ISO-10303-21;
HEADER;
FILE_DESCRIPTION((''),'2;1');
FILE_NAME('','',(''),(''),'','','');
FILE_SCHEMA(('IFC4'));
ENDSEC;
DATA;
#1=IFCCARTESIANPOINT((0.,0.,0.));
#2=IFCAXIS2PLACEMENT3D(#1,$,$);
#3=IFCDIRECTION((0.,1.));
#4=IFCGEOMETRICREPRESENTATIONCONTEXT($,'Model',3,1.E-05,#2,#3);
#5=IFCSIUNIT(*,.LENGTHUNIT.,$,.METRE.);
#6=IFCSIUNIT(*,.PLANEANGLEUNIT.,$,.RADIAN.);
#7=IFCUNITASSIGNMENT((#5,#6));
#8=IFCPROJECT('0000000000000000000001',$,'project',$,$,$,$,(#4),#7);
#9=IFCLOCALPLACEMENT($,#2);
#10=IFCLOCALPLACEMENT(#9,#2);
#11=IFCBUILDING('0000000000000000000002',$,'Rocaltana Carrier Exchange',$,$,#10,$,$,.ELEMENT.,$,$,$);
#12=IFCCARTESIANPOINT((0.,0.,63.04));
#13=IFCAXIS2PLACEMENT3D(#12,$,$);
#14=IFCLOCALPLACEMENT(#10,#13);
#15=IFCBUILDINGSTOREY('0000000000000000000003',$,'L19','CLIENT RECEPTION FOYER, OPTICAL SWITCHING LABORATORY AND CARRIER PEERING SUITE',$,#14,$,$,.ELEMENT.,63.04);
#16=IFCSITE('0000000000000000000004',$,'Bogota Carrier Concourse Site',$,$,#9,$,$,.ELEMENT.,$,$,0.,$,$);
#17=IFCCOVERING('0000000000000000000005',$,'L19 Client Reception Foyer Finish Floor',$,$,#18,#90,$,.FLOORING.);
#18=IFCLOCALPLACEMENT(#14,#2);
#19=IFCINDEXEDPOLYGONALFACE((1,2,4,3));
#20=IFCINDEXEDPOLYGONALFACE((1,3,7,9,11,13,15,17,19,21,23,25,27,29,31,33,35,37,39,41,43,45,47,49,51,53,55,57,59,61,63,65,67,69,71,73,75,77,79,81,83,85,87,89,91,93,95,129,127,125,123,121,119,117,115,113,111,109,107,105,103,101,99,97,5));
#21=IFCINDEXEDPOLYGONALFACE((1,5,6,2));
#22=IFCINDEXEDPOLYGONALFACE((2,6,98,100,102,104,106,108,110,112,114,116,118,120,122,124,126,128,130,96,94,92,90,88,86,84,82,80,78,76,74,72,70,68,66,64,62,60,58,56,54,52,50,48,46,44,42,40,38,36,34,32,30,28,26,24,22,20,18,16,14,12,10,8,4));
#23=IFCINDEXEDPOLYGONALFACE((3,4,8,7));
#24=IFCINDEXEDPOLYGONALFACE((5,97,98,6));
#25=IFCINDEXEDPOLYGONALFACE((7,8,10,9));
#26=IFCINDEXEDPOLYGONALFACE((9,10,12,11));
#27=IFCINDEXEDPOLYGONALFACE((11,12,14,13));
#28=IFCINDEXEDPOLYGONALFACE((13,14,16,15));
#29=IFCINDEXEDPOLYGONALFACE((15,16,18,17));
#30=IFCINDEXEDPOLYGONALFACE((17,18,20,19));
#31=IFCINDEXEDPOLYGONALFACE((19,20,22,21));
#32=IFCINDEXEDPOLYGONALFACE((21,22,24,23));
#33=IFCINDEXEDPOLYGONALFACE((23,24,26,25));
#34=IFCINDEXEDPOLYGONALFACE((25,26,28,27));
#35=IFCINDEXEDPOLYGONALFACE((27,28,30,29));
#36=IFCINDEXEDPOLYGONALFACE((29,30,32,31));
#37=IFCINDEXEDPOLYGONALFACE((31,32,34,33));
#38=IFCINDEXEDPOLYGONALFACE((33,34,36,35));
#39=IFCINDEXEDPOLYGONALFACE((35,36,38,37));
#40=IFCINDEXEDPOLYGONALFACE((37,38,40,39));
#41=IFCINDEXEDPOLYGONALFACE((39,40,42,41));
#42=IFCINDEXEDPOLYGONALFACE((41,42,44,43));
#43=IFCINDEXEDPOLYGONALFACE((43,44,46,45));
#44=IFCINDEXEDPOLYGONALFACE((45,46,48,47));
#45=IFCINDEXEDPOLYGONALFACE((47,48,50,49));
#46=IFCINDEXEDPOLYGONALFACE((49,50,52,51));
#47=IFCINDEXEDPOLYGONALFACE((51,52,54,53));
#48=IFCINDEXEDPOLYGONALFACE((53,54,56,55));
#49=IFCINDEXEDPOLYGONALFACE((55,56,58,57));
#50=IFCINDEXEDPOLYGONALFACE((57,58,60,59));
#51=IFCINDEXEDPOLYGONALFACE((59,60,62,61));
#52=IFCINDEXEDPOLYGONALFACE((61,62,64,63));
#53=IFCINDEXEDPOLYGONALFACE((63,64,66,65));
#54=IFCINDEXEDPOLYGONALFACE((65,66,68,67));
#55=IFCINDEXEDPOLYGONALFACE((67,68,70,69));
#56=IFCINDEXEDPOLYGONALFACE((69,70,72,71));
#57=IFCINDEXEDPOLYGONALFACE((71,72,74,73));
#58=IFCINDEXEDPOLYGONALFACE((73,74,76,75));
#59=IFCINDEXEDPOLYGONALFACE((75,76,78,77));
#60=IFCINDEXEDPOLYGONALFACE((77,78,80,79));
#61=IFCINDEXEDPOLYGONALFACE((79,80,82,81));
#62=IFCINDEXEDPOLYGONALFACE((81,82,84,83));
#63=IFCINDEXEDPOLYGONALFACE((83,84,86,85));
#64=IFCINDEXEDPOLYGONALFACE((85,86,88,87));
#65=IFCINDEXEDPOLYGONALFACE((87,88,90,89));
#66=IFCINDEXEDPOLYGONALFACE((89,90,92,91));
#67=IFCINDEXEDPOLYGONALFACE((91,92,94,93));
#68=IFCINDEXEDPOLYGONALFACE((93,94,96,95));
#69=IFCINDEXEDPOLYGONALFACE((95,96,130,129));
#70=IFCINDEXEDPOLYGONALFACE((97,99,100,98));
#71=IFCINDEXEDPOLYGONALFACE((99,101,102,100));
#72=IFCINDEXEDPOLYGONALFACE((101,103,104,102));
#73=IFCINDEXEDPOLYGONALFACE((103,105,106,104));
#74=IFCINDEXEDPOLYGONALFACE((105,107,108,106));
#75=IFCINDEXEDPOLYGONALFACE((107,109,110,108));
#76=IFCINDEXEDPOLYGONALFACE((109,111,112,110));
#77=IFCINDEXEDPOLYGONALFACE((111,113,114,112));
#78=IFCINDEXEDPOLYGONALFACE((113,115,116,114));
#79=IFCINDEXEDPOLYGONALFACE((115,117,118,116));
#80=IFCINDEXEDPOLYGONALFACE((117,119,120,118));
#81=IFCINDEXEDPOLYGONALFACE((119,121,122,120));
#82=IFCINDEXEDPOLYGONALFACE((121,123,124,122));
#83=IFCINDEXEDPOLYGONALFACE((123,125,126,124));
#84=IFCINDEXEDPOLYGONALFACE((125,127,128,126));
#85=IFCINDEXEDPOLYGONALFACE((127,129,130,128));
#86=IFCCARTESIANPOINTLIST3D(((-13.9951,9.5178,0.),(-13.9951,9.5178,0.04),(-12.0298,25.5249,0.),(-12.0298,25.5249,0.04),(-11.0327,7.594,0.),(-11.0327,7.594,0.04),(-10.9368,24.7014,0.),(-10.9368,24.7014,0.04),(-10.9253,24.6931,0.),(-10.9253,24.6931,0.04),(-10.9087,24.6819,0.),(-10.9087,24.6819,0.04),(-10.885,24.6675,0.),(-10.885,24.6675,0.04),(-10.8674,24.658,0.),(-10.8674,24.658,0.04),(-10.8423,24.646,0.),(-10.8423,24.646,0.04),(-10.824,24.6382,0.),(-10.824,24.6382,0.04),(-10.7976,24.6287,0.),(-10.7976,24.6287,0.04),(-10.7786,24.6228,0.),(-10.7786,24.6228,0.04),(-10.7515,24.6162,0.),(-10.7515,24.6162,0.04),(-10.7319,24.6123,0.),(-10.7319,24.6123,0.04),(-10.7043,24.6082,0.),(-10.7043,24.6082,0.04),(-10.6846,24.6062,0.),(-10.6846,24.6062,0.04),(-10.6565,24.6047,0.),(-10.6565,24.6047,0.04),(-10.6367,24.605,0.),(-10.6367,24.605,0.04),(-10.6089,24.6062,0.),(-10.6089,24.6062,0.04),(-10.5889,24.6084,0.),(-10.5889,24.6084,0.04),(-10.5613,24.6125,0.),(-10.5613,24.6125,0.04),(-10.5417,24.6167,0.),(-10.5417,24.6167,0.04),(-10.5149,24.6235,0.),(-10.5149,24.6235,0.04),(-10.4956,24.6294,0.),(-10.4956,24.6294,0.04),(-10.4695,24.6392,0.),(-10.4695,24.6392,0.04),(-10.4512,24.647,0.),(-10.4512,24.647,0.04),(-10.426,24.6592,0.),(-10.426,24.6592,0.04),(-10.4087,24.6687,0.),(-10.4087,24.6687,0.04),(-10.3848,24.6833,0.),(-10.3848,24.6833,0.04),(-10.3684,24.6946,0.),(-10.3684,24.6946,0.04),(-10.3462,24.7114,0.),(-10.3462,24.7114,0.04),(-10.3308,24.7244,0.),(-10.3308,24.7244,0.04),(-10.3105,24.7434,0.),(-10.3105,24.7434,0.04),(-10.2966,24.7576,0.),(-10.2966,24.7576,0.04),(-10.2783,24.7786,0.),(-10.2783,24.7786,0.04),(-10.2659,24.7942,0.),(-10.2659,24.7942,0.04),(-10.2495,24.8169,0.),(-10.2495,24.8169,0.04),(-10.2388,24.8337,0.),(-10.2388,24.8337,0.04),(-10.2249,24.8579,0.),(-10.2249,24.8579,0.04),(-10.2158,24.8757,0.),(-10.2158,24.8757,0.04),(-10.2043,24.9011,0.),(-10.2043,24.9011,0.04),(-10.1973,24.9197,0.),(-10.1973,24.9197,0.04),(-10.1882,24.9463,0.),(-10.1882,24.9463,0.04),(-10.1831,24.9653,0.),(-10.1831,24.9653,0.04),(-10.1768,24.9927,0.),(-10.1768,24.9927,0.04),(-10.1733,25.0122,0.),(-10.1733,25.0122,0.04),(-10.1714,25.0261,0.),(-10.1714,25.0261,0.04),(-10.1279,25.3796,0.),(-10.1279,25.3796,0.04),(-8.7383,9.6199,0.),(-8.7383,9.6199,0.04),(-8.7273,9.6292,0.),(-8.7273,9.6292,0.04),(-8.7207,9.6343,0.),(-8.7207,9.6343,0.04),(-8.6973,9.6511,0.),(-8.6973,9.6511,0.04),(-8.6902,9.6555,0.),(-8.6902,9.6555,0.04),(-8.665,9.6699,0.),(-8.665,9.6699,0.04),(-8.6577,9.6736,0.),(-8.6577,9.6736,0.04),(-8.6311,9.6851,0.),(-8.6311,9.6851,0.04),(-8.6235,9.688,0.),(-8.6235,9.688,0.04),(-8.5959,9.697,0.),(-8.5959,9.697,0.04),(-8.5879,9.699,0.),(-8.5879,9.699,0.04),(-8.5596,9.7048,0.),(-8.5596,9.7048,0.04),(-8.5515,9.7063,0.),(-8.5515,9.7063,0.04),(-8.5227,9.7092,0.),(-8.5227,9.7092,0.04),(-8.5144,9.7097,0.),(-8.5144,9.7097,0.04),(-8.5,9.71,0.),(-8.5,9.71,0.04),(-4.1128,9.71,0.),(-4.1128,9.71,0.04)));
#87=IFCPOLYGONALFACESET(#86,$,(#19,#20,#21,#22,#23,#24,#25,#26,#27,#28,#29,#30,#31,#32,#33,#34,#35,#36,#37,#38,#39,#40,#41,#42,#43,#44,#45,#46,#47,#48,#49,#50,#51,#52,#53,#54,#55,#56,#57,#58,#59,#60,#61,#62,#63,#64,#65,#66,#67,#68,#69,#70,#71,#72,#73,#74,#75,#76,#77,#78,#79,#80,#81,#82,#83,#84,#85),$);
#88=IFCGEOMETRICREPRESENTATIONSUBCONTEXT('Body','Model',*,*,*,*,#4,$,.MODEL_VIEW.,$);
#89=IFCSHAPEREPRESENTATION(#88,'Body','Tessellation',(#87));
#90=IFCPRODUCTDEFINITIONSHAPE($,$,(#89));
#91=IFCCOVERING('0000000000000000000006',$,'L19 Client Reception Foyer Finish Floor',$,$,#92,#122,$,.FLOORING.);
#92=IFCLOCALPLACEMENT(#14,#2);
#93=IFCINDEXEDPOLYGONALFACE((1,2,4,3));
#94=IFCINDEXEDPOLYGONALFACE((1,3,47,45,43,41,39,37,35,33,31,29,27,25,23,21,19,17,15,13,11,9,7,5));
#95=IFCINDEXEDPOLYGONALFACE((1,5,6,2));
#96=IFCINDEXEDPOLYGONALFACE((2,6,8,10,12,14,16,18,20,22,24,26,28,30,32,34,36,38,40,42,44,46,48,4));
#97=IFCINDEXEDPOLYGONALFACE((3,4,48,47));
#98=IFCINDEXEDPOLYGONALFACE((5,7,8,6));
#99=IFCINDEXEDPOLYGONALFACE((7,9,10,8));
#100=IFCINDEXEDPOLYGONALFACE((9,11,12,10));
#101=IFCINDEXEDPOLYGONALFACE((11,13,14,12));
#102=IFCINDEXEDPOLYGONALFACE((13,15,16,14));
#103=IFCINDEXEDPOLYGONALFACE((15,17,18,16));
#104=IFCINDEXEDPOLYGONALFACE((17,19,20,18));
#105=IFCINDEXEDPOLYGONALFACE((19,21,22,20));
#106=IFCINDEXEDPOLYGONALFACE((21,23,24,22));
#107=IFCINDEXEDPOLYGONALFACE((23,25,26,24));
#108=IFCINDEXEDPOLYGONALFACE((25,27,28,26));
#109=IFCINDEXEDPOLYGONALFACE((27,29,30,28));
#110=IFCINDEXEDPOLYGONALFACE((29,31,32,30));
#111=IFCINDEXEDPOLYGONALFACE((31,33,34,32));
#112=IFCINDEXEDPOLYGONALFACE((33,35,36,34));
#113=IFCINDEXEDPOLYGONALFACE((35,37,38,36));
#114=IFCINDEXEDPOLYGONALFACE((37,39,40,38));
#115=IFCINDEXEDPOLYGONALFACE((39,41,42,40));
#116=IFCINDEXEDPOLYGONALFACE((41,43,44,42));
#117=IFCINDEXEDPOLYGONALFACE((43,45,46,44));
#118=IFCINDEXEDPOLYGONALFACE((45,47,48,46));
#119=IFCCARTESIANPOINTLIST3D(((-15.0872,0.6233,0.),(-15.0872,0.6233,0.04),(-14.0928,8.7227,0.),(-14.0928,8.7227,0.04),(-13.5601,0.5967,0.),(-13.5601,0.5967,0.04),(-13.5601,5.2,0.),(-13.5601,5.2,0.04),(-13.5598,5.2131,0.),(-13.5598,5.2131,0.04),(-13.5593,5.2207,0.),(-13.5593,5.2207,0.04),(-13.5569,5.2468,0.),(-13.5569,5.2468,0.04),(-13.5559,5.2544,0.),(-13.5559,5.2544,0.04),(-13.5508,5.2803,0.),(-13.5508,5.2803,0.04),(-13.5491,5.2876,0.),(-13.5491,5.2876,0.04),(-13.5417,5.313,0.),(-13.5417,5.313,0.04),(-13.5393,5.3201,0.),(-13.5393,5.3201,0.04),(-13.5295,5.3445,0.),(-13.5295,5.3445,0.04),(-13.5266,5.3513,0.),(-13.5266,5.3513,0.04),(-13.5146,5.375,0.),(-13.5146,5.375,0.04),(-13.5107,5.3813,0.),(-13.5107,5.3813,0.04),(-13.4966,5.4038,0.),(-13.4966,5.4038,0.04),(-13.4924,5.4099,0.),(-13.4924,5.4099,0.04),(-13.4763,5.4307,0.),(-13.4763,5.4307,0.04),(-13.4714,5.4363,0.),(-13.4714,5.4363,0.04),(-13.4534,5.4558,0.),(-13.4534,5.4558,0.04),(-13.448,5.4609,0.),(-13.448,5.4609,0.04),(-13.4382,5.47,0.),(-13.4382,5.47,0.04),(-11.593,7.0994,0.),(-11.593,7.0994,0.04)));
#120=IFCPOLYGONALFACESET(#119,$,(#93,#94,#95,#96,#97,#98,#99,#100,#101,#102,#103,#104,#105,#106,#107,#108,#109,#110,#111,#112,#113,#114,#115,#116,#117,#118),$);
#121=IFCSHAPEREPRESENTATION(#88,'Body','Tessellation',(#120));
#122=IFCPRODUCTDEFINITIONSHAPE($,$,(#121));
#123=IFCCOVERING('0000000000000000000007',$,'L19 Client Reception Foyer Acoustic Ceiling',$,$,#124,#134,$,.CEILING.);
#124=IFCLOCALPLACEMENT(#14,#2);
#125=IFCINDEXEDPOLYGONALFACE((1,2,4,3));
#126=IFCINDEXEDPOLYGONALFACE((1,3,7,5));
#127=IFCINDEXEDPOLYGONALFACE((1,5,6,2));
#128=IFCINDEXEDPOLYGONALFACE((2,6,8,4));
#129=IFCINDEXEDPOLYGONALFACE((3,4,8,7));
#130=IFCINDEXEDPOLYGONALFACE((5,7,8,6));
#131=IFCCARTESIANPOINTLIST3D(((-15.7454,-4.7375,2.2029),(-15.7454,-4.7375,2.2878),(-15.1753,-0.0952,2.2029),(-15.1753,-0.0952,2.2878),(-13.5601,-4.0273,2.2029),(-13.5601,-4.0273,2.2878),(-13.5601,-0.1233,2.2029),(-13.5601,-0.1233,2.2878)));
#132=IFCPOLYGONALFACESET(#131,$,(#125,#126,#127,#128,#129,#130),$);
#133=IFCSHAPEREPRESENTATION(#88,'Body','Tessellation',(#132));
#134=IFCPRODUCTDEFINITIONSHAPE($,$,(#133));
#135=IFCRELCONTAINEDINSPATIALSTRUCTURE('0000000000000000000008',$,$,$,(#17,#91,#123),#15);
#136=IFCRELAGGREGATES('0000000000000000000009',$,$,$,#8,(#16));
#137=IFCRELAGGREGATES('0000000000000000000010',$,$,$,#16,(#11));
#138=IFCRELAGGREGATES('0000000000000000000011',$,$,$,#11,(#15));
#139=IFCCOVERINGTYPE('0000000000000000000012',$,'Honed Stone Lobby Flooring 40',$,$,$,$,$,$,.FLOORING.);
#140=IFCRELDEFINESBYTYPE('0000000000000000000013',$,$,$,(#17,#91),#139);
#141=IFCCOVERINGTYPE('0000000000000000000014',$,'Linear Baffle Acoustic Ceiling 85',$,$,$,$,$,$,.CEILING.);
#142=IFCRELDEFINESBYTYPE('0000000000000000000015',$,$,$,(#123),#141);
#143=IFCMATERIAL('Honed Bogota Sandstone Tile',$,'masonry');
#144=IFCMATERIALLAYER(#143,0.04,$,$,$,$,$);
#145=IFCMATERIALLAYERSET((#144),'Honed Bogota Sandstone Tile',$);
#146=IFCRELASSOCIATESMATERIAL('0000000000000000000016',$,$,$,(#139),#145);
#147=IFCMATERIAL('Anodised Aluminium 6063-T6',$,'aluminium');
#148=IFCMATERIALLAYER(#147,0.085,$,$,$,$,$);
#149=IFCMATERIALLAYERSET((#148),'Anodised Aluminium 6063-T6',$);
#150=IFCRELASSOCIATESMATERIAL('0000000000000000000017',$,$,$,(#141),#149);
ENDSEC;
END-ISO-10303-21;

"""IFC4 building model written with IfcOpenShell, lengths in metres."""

from ifc_helpers import new_model, si_unit, direction, frame, origin, place, context, subcontext, project, spatial, polyline, outline, extrude, material, layer, layer_set, type_object, element, save


model = new_model("IFC4")

# Units and contexts
model_context = context("Model", 3, precision=1e-05, world=origin(), true_north=direction((0.0, 1.0)))
body_context = subcontext(model_context, "Body", "Model", "MODEL_VIEW")
ifc_project = project(units=[si_unit("LENGTHUNIT", "METRE"), si_unit("PLANEANGLEUNIT", "RADIAN")], contexts=[model_context])

# Site, building, storey
site_placement = place(None, origin())
site = spatial("IfcSite", under=ifc_project, at=site_placement, Name="Bogota Carrier Concourse Site", CompositionType="ELEMENT", RefElevation=0.0)
building_placement = place(site_placement, origin())
building = spatial("IfcBuilding", under=site, at=building_placement, Name="Rocaltana Carrier Exchange", CompositionType="ELEMENT")
storey_placement = place(building_placement, frame((0.0, 0.0, 63.04)))
storey = spatial("IfcBuildingStorey", under=building, at=storey_placement, Name="L19", Description="CLIENT RECEPTION FOYER, OPTICAL SWITCHING LABORATORY AND CARRIER PEERING SUITE", CompositionType="ELEMENT", Elevation=63.04)

# Coverings
ifc_material_1 = material(Name="Honed Bogota Sandstone Tile", Category="masonry")
ifc_layer_1 = layer(ifc_material_1, 0.04)
ifc_layer_set_1 = layer_set([ifc_layer_1], Name="Honed Bogota Sandstone Tile")
covering_type_1 = type_object("IfcCoveringType", Name="Honed Stone Lobby Flooring 40", PredefinedType="FLOORING", material=ifc_layer_set_1)
covering_1_placement = place(storey_placement, origin())
element("IfcCovering", 1, at=covering_1_placement, inside=storey, type_object=covering_type_1, Name="L19 Client Reception Foyer Finish Floor", PredefinedType="FLOORING", context=body_context, shape_type="SweptSolid", body=[
    extrude(outline(polyline([(-12.0298, 25.5249), (-10.9368, 24.7014), (-10.9253, 24.6931), (-10.9087, 24.6819), (-10.885, 24.6675), (-10.8674, 24.658), (-10.8423, 24.646), (-10.824, 24.6382), (-10.7976, 24.6287), (-10.7786, 24.6228), (-10.7515, 24.6162), (-10.7319, 24.6123), (-10.7043, 24.6082), (-10.6846, 24.6062), (-10.6565, 24.6047), (-10.6367, 24.605), (-10.6089, 24.6062), (-10.5889, 24.6084), (-10.5613, 24.6125), (-10.5417, 24.6167), (-10.5149, 24.6235), (-10.4956, 24.6294), (-10.4695, 24.6392), (-10.4512, 24.647), (-10.426, 24.6592), (-10.4087, 24.6687), (-10.3848, 24.6833), (-10.3684, 24.6946), (-10.3462, 24.7114), (-10.3308, 24.7244), (-10.3105, 24.7434), (-10.2966, 24.7576), (-10.2783, 24.7786), (-10.2659, 24.7942), (-10.2495, 24.8169), (-10.2388, 24.8337), (-10.2249, 24.8579), (-10.2158, 24.8757), (-10.2043, 24.9011), (-10.1973, 24.9197), (-10.1882, 24.9463), (-10.1831, 24.9653), (-10.1768, 24.9927), (-10.1733, 25.0122), (-10.1714, 25.0261), (-10.1279, 25.3796), (-4.1128, 9.71), (-8.5, 9.71), (-8.5144, 9.7097), (-8.5227, 9.7092), (-8.5515, 9.7063), (-8.5596, 9.7048), (-8.5879, 9.699), (-8.5959, 9.697), (-8.6235, 9.688), (-8.6311, 9.6851), (-8.6577, 9.6736), (-8.665, 9.6699), (-8.6902, 9.6555), (-8.6973, 9.6511), (-8.7207, 9.6343), (-8.7273, 9.6292), (-8.7383, 9.6199), (-11.0327, 7.594), (-13.9951, 9.5178), (-12.0298, 25.5249)])), origin(), (0.0, 0.0, 1.0), 0.04),
])
covering_2_placement = place(storey_placement, origin())
element("IfcCovering", 2, at=covering_2_placement, inside=storey, type_object=covering_type_1, Name="L19 Client Reception Foyer Finish Floor", PredefinedType="FLOORING", context=body_context, shape_type="SweptSolid", body=[
    extrude(outline(polyline([(-14.0928, 8.7227), (-11.593, 7.0994), (-13.4382, 5.47), (-13.448, 5.4609), (-13.4534, 5.4558), (-13.4714, 5.4363), (-13.4763, 5.4307), (-13.4924, 5.4099), (-13.4966, 5.4038), (-13.5107, 5.3813), (-13.5146, 5.375), (-13.5266, 5.3513), (-13.5295, 5.3445), (-13.5393, 5.3201), (-13.5417, 5.313), (-13.5491, 5.2876), (-13.5508, 5.2803), (-13.5559, 5.2544), (-13.5569, 5.2468), (-13.5593, 5.2207), (-13.5598, 5.2131), (-13.5601, 5.2), (-13.5601, 0.5967), (-15.0872, 0.6233), (-14.0928, 8.7227)])), origin(), (0.0, 0.0, 1.0), 0.04),
])
ifc_material_2 = material(Name="Anodised Aluminium 6063-T6", Category="aluminium")
ifc_layer_2 = layer(ifc_material_2, 0.085)
ifc_layer_set_2 = layer_set([ifc_layer_2], Name="Anodised Aluminium 6063-T6")
covering_type_2 = type_object("IfcCoveringType", Name="Linear Baffle Acoustic Ceiling 85", PredefinedType="CEILING", material=ifc_layer_set_2)
covering_3_placement = place(storey_placement, frame((0.0, 0.0, 2.2029)))
element("IfcCovering", 3, at=covering_3_placement, inside=storey, type_object=covering_type_2, Name="L19 Client Reception Foyer Acoustic Ceiling", PredefinedType="CEILING", context=body_context, shape_type="SweptSolid", body=[
    extrude(outline(polyline([(-15.1753, -0.0952), (-13.5601, -0.1233), (-13.5601, -4.0273), (-15.7454, -4.7375), (-15.1753, -0.0952)])), origin(), (0.0, 0.0, 1.0), 0.085),
])

save(model, "model.ifc")
